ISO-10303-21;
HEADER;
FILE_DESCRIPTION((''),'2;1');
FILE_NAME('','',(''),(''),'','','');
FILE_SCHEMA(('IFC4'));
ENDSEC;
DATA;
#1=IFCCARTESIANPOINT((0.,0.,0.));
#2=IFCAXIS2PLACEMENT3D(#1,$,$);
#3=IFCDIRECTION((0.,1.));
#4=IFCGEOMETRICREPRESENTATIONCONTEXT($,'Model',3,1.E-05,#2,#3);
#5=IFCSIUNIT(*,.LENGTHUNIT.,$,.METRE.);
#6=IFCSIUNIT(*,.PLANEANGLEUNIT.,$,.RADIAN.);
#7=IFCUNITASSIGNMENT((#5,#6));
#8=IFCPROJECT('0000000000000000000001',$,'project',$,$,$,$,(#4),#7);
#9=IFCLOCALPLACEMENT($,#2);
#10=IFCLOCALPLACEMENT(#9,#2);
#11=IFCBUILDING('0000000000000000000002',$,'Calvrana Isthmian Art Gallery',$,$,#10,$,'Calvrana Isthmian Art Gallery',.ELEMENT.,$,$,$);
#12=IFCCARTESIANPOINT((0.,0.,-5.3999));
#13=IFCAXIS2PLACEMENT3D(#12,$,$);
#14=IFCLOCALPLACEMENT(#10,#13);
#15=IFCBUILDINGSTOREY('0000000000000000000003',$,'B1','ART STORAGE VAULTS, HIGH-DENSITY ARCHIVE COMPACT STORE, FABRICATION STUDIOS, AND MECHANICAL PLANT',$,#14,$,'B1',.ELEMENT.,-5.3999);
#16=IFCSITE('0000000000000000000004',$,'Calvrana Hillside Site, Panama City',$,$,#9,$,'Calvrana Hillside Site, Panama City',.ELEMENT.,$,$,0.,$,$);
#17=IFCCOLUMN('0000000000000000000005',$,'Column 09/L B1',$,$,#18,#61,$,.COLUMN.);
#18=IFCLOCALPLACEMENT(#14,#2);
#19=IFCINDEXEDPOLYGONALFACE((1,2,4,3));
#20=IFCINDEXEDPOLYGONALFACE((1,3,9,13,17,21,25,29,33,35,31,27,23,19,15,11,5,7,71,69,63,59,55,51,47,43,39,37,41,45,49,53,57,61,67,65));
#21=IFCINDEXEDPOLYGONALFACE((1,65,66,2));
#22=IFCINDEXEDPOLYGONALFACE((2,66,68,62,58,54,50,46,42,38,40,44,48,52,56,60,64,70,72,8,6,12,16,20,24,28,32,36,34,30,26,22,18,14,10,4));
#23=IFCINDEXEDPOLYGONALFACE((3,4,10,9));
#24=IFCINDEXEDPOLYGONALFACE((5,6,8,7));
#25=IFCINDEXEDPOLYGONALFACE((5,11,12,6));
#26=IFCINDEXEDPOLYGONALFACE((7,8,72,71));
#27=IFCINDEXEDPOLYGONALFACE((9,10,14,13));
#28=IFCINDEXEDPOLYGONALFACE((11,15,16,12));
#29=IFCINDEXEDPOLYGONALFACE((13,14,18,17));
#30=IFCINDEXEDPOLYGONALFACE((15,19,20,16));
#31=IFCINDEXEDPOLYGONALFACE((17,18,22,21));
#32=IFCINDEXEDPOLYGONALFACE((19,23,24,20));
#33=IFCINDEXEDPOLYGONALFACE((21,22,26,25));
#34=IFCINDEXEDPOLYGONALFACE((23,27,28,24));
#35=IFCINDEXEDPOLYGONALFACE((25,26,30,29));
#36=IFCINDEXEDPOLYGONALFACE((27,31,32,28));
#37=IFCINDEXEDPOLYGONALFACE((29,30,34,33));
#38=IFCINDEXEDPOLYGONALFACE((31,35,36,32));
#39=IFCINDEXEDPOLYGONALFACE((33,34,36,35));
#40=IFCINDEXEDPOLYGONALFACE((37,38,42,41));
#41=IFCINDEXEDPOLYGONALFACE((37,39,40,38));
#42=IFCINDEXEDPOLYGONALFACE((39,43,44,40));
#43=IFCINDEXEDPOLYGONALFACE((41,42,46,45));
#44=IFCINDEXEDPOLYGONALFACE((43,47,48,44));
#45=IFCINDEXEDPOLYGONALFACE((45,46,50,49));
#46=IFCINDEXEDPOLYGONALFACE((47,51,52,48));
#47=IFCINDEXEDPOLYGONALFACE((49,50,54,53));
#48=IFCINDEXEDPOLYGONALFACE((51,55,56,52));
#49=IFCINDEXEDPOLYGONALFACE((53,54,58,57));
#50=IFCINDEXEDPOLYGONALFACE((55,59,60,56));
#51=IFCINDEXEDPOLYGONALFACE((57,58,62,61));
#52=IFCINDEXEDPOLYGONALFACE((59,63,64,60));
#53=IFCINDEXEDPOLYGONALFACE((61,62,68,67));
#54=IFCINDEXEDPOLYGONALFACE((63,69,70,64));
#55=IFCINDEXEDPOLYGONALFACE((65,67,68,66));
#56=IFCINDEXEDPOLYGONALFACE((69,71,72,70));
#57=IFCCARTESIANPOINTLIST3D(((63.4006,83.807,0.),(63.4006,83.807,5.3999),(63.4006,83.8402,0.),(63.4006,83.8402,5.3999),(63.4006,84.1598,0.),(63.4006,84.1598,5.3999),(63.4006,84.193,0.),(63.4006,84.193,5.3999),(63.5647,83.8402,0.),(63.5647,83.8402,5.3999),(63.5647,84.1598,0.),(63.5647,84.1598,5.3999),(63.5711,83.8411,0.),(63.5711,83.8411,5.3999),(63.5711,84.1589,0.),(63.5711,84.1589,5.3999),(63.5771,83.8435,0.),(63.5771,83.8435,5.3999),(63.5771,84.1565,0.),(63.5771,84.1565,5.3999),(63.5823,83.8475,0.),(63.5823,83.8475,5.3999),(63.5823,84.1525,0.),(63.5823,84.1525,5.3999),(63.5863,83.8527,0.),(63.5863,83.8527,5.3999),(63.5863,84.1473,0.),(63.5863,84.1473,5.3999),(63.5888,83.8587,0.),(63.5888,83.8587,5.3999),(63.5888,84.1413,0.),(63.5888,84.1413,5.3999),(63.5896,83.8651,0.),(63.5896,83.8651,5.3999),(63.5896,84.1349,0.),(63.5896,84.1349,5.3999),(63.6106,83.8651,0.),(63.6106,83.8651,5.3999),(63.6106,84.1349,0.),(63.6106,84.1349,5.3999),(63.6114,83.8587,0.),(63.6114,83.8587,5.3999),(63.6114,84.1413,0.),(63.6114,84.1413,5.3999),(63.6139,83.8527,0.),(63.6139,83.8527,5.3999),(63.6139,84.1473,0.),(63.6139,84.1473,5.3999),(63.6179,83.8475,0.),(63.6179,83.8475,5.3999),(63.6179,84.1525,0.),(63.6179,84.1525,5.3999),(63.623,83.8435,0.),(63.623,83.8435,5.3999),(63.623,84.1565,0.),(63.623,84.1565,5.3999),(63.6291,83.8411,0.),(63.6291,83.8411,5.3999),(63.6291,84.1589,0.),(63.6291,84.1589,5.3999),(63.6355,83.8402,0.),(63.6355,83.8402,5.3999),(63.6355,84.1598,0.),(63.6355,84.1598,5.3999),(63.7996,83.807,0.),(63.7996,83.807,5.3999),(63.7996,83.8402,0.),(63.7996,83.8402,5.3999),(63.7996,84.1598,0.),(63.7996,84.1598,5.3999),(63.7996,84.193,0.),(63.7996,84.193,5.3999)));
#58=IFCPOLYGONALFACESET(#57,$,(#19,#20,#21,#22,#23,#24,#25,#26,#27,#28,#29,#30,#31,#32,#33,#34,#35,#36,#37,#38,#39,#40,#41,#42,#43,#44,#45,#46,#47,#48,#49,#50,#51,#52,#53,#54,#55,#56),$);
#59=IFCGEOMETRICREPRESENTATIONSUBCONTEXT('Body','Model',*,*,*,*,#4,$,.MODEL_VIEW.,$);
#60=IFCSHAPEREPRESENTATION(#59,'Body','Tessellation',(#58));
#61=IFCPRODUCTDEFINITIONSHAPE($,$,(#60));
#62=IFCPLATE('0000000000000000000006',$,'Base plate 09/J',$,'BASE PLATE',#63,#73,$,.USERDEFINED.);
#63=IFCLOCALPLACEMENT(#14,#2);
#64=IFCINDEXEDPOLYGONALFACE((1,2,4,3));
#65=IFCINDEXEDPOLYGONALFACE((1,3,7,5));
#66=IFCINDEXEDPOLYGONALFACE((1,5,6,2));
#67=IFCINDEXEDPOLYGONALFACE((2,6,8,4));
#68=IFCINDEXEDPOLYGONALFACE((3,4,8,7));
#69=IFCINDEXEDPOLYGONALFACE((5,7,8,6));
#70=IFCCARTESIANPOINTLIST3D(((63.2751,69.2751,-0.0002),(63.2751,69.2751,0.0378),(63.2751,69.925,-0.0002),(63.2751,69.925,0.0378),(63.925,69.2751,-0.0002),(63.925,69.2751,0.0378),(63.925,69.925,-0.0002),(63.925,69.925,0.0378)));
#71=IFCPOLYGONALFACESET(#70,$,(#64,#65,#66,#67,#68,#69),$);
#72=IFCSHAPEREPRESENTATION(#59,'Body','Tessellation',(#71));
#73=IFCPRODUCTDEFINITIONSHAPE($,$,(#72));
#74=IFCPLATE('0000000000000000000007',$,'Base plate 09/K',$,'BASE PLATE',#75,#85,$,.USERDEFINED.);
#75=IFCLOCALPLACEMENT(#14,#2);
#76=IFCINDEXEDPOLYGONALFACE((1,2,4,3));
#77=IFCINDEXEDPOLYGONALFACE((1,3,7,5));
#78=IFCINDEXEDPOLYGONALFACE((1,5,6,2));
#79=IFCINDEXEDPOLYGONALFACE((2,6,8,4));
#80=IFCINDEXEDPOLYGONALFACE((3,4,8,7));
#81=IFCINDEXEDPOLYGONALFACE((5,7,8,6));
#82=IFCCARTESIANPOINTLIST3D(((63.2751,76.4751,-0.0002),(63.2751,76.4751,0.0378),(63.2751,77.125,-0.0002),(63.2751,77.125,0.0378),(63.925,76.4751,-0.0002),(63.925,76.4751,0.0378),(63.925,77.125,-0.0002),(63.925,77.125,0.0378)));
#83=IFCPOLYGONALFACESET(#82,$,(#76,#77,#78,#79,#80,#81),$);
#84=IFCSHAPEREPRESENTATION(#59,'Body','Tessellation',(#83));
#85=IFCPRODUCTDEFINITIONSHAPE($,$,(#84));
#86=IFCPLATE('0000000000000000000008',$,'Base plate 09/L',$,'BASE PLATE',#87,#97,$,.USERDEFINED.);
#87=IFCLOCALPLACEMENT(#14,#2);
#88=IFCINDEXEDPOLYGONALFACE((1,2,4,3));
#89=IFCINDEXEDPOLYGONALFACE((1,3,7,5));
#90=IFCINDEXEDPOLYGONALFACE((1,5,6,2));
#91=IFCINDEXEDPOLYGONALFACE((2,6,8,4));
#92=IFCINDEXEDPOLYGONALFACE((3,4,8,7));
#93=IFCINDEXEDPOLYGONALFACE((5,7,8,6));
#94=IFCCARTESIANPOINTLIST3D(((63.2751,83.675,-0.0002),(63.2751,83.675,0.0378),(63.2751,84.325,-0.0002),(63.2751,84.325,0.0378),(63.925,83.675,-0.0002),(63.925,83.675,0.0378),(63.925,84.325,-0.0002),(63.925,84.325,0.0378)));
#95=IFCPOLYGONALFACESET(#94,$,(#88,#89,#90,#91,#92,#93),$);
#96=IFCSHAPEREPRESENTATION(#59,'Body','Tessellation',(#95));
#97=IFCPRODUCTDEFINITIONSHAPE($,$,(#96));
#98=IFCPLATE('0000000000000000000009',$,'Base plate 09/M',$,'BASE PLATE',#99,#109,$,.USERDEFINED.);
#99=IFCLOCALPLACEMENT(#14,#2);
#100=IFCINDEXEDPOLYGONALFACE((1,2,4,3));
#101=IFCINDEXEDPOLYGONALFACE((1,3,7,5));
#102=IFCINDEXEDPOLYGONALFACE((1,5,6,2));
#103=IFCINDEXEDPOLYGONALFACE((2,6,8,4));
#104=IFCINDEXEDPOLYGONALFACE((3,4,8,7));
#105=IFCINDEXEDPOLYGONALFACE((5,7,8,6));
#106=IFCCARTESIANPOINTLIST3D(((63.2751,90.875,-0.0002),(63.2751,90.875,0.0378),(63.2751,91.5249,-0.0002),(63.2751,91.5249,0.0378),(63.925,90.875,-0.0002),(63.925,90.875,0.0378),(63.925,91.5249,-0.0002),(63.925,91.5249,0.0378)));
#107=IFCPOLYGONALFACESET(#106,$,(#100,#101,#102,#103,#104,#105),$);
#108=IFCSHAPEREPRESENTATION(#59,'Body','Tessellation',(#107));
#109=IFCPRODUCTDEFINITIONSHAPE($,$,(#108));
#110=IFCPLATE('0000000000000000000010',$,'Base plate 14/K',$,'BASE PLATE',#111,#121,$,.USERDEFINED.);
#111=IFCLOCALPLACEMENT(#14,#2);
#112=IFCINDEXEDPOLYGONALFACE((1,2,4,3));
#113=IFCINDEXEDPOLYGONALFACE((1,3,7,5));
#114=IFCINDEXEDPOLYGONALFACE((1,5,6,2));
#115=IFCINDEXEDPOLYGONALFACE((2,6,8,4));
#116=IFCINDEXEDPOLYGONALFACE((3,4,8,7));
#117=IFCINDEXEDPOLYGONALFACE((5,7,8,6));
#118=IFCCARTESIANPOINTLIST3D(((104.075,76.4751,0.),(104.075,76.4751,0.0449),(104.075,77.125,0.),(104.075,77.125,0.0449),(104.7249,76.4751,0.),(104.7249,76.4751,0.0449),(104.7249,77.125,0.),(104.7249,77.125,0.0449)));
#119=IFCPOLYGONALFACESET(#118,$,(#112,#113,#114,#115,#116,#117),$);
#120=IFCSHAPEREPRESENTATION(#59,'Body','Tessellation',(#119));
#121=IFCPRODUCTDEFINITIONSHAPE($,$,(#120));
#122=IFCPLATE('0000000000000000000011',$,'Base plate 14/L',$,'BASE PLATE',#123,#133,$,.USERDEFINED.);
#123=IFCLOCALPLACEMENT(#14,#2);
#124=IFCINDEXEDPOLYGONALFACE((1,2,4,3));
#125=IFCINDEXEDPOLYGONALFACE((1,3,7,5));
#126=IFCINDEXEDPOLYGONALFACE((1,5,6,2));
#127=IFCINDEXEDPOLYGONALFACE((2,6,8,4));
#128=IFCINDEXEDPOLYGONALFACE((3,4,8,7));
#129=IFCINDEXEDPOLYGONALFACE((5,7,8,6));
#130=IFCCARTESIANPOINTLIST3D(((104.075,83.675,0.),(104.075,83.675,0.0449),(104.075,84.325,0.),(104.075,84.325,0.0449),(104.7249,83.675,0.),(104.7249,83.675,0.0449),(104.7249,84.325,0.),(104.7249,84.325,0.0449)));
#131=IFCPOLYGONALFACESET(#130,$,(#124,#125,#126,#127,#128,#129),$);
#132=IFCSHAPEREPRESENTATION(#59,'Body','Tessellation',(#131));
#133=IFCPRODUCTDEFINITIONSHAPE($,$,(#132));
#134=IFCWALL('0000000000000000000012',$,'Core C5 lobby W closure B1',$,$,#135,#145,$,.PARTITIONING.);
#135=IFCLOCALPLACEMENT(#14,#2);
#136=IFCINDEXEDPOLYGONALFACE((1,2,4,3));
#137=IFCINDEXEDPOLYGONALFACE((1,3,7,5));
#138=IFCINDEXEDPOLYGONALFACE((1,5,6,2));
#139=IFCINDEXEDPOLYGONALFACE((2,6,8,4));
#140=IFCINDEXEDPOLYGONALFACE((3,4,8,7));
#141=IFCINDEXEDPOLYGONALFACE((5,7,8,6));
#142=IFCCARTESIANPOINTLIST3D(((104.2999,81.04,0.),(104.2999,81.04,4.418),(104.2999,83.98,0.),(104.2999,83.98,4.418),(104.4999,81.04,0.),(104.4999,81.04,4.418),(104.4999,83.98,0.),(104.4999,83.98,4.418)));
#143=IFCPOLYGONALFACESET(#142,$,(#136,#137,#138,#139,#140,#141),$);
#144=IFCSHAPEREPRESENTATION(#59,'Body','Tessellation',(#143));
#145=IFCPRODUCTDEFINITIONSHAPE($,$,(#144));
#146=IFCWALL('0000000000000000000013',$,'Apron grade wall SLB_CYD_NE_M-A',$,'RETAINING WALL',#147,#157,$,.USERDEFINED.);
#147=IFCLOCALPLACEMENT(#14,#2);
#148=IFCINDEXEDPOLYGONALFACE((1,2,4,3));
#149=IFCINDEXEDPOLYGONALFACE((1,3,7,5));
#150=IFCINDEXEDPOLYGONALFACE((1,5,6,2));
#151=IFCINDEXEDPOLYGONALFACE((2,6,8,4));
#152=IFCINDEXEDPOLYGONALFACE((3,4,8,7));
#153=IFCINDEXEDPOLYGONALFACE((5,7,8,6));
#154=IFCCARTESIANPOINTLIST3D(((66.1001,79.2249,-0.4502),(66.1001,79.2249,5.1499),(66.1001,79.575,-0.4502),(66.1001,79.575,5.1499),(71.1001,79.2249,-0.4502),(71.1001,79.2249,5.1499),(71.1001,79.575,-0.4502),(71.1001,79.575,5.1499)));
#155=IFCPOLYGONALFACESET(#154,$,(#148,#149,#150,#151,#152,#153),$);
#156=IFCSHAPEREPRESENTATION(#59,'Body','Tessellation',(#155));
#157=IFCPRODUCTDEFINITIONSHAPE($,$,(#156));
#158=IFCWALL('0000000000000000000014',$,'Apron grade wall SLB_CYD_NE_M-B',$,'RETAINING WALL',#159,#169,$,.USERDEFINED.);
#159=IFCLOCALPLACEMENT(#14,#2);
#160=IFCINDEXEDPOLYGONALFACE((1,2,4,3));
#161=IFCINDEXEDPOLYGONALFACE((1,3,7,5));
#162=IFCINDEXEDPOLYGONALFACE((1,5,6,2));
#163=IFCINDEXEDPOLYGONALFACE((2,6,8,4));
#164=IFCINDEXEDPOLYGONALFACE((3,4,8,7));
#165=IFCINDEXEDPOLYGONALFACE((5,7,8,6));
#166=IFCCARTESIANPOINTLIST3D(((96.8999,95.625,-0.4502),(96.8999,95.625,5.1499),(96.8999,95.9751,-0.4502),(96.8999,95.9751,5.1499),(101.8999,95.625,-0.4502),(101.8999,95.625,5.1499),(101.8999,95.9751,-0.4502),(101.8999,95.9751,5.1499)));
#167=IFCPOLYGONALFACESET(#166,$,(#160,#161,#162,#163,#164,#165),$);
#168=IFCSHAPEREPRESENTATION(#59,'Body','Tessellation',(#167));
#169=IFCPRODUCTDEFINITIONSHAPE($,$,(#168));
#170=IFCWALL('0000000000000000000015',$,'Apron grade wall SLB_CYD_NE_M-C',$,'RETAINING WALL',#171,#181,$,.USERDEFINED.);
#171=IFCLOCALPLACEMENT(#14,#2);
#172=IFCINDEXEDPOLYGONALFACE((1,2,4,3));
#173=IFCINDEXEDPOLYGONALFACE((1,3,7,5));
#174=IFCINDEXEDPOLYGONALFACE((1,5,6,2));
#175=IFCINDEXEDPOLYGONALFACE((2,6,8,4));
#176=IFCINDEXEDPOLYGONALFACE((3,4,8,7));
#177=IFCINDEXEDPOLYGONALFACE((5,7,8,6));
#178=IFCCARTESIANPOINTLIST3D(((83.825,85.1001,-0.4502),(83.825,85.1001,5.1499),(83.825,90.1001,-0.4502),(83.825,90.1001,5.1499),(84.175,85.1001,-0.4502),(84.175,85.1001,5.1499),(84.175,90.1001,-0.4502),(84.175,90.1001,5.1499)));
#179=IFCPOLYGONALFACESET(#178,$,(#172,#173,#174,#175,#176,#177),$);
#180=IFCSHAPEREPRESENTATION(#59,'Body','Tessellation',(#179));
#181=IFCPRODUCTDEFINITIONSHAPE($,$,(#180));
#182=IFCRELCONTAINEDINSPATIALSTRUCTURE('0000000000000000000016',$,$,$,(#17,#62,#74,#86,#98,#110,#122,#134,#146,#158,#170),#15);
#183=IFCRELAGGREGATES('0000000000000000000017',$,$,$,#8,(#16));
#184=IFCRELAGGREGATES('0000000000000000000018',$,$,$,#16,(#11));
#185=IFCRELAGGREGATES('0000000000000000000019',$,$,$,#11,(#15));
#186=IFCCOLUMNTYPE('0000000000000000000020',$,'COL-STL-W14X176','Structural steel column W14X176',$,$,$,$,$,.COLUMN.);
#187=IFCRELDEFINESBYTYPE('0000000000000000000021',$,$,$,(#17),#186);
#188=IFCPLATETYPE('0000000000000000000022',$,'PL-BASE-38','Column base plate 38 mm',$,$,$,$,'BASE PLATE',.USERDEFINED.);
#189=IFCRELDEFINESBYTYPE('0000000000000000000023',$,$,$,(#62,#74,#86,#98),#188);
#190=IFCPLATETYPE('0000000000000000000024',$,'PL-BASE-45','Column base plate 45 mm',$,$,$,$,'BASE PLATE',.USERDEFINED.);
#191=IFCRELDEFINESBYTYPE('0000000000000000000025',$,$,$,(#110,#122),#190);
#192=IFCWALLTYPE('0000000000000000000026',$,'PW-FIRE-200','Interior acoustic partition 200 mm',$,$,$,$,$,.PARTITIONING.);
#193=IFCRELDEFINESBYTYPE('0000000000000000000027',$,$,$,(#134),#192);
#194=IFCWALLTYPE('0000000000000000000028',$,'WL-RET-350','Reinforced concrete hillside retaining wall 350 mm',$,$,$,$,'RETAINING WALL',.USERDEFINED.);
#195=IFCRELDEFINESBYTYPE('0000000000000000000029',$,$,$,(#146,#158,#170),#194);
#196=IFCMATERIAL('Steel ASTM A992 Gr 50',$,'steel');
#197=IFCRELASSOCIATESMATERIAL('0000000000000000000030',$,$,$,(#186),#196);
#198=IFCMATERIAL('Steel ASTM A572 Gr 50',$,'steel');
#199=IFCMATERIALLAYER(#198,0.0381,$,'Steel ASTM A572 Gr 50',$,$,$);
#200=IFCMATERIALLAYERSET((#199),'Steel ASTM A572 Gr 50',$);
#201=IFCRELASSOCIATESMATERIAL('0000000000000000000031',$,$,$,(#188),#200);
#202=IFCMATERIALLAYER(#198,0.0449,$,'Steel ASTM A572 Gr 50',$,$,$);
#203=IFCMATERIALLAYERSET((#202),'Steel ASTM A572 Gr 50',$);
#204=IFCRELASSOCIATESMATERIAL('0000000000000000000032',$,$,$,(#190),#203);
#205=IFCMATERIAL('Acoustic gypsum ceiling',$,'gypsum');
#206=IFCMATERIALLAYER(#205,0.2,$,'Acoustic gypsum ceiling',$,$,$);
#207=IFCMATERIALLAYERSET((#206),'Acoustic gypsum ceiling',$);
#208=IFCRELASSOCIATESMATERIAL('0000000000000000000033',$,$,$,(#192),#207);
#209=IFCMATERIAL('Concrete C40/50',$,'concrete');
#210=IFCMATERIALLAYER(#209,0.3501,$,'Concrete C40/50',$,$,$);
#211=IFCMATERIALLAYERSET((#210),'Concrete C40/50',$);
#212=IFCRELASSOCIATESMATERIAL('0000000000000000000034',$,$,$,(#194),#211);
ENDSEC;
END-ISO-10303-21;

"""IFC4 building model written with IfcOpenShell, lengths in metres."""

from ifc_helpers import new_model, si_unit, direction, frame, frame_2d, origin, origin_2d, place, context, subcontext, project, spatial, rectangle, i_section, extrude, material, layer, layer_set, material_profile, profile_set, type_object, element, save


model = new_model("IFC4")

# Units and contexts
model_context = context("Model", 3, precision=1e-05, world=origin(), true_north=direction((0.0, 1.0)))
body_context = subcontext(model_context, "Body", "Model", "MODEL_VIEW")
ifc_project = project(units=[si_unit("LENGTHUNIT", "METRE"), si_unit("PLANEANGLEUNIT", "RADIAN")], contexts=[model_context])

# Site, building, storey
site_placement = place(None, origin())
site = spatial("IfcSite", under=ifc_project, at=site_placement, Name="Calvrana Hillside Site, Panama City", LongName="Calvrana Hillside Site, Panama City", CompositionType="ELEMENT", RefElevation=0.0)
building_placement = place(site_placement, origin())
building = spatial("IfcBuilding", under=site, at=building_placement, Name="Calvrana Isthmian Art Gallery", LongName="Calvrana Isthmian Art Gallery", CompositionType="ELEMENT")
storey_placement = place(building_placement, frame((0.0, 0.0, -5.3999)))
storey = spatial("IfcBuildingStorey", under=building, at=storey_placement, Name="B1", Description="ART STORAGE VAULTS, HIGH-DENSITY ARCHIVE COMPACT STORE, FABRICATION STUDIOS, AND MECHANICAL PLANT", LongName="B1", CompositionType="ELEMENT", Elevation=-5.3999)

# Column
ifc_material_1 = material(Name="Steel ASTM A992 Gr 50", Category="steel")
ifc_material_profile_1 = material_profile(ifc_material_1, i_section(OverallWidth=0.3989, OverallDepth=0.386, WebThickness=0.021, FlangeThickness=0.0332, FilletRadius=0.0249, at=origin_2d()), Name="W14X176")
ifc_profile_set_1 = profile_set([ifc_material_profile_1], Name="Steel ASTM A992 Gr 50")
column_type_1 = type_object("IfcColumnType", Name="COL-STL-W14X176", Description="Structural steel column W14X176", PredefinedType="COLUMN", material=ifc_profile_set_1)
column_1_placement = place(storey_placement, frame((63.6001, 84.0, 0.0), z_axis=(0.0, 0.0, 1.0), x_axis=(1.0, 0.0, 0.0)))
element("IfcColumn", 1, at=column_1_placement, inside=storey, type_object=column_type_1, Name="Column 09/L B1", PredefinedType="COLUMN", context=body_context, shape_type="SweptSolid", body=[
    extrude(i_section(OverallWidth=0.3989, OverallDepth=0.386, WebThickness=0.021, FlangeThickness=0.0332, FilletRadius=0.0249, at=origin_2d()), origin(), (0.0, 0.0, 1.0), 5.3999),
])

# Plates
ifc_material_2 = material(Name="Steel ASTM A572 Gr 50", Category="steel")
ifc_layer_1 = layer(ifc_material_2, 0.0381, Name="Steel ASTM A572 Gr 50")
ifc_layer_set_1 = layer_set([ifc_layer_1], Name="Steel ASTM A572 Gr 50")
plate_type_1 = type_object("IfcPlateType", Name="PL-BASE-38", Description="Column base plate 38 mm", ElementType="BASE PLATE", PredefinedType="USERDEFINED", material=ifc_layer_set_1)
for number, where, z_axis, x_axis, name in (
    (2, (63.6001, 69.6001, -0.0002), (0.0, 0.0, 1.0), (1.0, 0.0, 0.0), "Base plate 09/J"),
    (3, (63.6001, 76.8, -0.0002), (0.0, 0.0, 1.0), (1.0, 0.0, 0.0), "Base plate 09/K"),
    (4, (63.6001, 84.0, -0.0002), (0.0, 0.0, 1.0), (1.0, 0.0, 0.0), "Base plate 09/L"),
    (5, (63.6001, 91.2, -0.0002), (0.0, 0.0, 1.0), (1.0, 0.0, 0.0), "Base plate 09/M"),
):
    element("IfcPlate", number, at=place(storey_placement, frame(where, z_axis=z_axis, x_axis=x_axis)), inside=storey, type_object=plate_type_1, Name=name, ObjectType="BASE PLATE", PredefinedType="USERDEFINED", context=body_context, shape_type="SweptSolid", body=[
        extrude(rectangle(XDim=0.6499, YDim=0.6499, at=origin_2d()), origin(), (0.0, 0.0, 1.0), 0.0381),
    ])
ifc_layer_2 = layer(ifc_material_2, 0.0449, Name="Steel ASTM A572 Gr 50")
ifc_layer_set_2 = layer_set([ifc_layer_2], Name="Steel ASTM A572 Gr 50")
plate_type_2 = type_object("IfcPlateType", Name="PL-BASE-45", Description="Column base plate 45 mm", ElementType="BASE PLATE", PredefinedType="USERDEFINED", material=ifc_layer_set_2)
for number, where, z_axis, x_axis, name in (
    (6, (104.3999, 76.8, 0.0), (0.0, 0.0, 1.0), (1.0, 0.0, 0.0), "Base plate 14/K"),
    (7, (104.3999, 84.0, 0.0), (0.0, 0.0, 1.0), (1.0, 0.0, 0.0), "Base plate 14/L"),
):
    element("IfcPlate", number, at=place(storey_placement, frame(where, z_axis=z_axis, x_axis=x_axis)), inside=storey, type_object=plate_type_2, Name=name, ObjectType="BASE PLATE", PredefinedType="USERDEFINED", context=body_context, shape_type="SweptSolid", body=[
        extrude(rectangle(XDim=0.6499, YDim=0.6499, at=origin_2d()), origin(), (0.0, 0.0, 1.0), 0.0449),
    ])

# Walls
ifc_material_3 = material(Name="Acoustic gypsum ceiling", Category="gypsum")
ifc_layer_3 = layer(ifc_material_3, 0.2, Name="Acoustic gypsum ceiling")
ifc_layer_set_3 = layer_set([ifc_layer_3], Name="Acoustic gypsum ceiling")
wall_type_1 = type_object("IfcWallType", Name="PW-FIRE-200", Description="Interior acoustic partition 200 mm", PredefinedType="PARTITIONING", material=ifc_layer_set_3)
wall_placement = place(storey_placement, frame((104.3999, 81.04, 0.0), z_axis=(0.0, 0.0, 1.0), x_axis=(0.0, 1.0, 0.0)))
element("IfcWall", 8, at=wall_placement, inside=storey, type_object=wall_type_1, Name="Core C5 lobby W closure B1", PredefinedType="PARTITIONING", context=body_context, shape_type="SweptSolid", body=[
    extrude(rectangle(XDim=2.9399, YDim=0.2, at=frame_2d((1.47, 0.0))), origin(), (0.0, 0.0, 1.0), 4.418),
])
ifc_material_4 = material(Name="Concrete C40/50", Category="concrete")
ifc_layer_4 = layer(ifc_material_4, 0.3501, Name="Concrete C40/50")
ifc_layer_set_4 = layer_set([ifc_layer_4], Name="Concrete C40/50")
wall_type_2 = type_object("IfcWallType", Name="WL-RET-350", Description="Reinforced concrete hillside retaining wall 350 mm", ElementType="RETAINING WALL", PredefinedType="USERDEFINED", material=ifc_layer_set_4)
for number, where, z_axis, x_axis, name in (
    (9, (66.1001, 79.3999, -0.4502), (0.0, 0.0, 1.0), (1.0, 0.0, 0.0), "Apron grade wall SLB_CYD_NE_M-A"),
    (10, (96.8999, 95.8, -0.4502), (0.0, 0.0, 1.0), (1.0, 0.0, 0.0), "Apron grade wall SLB_CYD_NE_M-B"),
    (11, (84.0, 85.1001, -0.4502), (0.0, 0.0, 1.0), (0.0, 1.0, 0.0), "Apron grade wall SLB_CYD_NE_M-C"),
):
    element("IfcWall", number, at=place(storey_placement, frame(where, z_axis=z_axis, x_axis=x_axis)), inside=storey, type_object=wall_type_2, Name=name, ObjectType="RETAINING WALL", PredefinedType="USERDEFINED", context=body_context, shape_type="SweptSolid", body=[
        extrude(rectangle(XDim=5.0, YDim=0.3501, at=frame_2d((2.5, 0.0))), origin(), (0.0, 0.0, 1.0), 5.6001),
    ])

save(model, "model.ifc")
